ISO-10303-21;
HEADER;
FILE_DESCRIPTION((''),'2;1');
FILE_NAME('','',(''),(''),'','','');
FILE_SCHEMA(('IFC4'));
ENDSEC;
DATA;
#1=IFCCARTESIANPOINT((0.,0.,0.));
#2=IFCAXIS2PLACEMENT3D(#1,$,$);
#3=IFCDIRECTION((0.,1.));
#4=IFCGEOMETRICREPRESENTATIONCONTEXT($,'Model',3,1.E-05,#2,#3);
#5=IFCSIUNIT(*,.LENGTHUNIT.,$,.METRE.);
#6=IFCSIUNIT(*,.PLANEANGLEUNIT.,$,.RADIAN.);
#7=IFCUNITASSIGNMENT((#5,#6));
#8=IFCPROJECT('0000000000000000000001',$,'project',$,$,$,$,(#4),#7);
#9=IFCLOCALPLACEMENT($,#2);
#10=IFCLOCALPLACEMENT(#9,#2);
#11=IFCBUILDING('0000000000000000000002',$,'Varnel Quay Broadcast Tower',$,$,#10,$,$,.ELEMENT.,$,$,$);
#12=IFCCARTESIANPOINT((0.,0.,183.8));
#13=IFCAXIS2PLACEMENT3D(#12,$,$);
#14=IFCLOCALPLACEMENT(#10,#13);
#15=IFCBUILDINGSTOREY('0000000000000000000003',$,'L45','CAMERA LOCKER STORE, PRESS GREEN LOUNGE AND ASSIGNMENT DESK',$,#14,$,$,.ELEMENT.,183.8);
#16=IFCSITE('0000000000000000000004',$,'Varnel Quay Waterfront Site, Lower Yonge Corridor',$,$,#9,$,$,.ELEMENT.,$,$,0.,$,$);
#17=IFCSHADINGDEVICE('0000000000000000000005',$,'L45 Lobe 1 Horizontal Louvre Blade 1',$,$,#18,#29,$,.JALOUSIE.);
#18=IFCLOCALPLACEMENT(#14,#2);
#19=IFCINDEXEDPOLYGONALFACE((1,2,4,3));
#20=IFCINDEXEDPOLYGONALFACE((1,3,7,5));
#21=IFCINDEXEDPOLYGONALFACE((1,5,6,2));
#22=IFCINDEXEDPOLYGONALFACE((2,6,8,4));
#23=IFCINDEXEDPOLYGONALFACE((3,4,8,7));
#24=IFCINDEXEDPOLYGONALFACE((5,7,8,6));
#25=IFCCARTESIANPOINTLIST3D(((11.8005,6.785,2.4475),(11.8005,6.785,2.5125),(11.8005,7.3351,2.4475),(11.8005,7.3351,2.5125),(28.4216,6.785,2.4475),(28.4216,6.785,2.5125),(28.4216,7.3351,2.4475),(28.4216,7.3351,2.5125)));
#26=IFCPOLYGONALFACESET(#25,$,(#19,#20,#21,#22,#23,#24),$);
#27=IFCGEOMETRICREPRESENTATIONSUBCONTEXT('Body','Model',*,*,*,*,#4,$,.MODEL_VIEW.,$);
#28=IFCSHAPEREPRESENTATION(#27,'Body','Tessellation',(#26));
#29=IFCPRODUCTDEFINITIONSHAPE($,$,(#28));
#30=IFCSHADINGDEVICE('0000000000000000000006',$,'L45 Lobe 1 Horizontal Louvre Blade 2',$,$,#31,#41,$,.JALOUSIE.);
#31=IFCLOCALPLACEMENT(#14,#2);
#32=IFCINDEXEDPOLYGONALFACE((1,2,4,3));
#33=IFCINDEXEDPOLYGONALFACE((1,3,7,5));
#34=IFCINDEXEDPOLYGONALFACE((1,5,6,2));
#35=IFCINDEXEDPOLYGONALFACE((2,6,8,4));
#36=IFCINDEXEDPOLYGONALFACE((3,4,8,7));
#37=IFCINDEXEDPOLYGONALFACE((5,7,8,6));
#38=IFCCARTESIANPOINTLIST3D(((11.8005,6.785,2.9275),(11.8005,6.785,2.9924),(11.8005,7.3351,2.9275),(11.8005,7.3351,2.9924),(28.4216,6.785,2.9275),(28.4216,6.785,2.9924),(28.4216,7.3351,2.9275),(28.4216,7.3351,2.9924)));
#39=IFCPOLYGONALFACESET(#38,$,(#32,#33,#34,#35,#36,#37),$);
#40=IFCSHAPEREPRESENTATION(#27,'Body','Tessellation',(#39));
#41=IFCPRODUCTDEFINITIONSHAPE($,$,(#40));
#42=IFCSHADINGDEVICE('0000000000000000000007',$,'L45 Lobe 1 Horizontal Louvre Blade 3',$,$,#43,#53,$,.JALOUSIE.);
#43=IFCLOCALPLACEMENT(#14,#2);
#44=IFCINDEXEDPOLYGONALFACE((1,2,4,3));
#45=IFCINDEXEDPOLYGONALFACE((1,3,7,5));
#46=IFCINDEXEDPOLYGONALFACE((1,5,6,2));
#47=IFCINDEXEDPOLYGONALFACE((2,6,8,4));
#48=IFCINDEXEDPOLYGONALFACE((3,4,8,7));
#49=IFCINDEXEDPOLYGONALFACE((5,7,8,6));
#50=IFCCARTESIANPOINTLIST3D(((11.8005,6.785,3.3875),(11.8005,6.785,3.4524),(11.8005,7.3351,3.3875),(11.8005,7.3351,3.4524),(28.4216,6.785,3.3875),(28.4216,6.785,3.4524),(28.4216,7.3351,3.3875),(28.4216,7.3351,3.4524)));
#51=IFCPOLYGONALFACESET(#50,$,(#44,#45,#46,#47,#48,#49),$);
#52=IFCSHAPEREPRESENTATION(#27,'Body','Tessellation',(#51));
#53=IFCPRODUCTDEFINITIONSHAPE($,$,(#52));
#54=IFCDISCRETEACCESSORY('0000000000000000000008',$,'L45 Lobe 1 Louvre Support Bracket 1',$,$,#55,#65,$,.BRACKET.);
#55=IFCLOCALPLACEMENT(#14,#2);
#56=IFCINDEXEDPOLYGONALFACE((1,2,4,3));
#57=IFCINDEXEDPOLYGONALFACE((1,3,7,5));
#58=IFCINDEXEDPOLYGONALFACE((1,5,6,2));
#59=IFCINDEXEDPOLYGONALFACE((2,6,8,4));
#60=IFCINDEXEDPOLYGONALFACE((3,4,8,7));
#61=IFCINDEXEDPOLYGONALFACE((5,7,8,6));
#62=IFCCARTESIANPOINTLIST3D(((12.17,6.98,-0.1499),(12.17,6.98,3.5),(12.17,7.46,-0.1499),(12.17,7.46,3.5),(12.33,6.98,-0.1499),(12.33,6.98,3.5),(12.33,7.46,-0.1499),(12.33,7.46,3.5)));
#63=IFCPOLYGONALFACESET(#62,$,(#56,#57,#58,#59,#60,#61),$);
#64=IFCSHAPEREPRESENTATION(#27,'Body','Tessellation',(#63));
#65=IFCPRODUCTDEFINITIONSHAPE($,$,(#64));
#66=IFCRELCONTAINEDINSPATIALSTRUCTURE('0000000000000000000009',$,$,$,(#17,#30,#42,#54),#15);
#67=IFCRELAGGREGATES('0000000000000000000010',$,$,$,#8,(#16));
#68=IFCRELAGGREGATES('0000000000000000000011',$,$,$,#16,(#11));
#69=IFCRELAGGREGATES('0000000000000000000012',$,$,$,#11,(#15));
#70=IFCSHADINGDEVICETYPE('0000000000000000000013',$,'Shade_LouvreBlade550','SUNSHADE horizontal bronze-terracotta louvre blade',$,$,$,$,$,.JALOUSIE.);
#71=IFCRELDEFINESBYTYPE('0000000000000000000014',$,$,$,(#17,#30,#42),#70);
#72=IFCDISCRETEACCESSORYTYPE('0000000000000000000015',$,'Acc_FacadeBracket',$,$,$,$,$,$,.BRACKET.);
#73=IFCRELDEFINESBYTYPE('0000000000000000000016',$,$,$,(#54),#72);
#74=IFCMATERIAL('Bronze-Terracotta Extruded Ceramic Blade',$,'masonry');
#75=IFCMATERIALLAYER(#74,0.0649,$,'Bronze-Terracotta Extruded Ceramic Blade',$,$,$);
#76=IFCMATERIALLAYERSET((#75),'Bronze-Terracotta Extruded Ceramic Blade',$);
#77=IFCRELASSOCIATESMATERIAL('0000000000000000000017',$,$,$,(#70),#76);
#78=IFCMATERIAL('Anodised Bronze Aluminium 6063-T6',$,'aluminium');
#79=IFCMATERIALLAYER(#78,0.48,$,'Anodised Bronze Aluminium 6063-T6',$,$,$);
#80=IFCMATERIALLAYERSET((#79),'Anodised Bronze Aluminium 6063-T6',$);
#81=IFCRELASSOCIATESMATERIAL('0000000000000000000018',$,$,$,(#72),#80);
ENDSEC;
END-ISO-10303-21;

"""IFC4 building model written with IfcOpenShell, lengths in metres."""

from ifc_helpers import new_model, si_unit, direction, frame, origin, origin_2d, place, context, subcontext, project, spatial, rectangle, extrude, source, transform, mapped, material, layer, layer_set, type_object, type_shapes, element, save


model = new_model("IFC4")

# Units and contexts
model_context = context("Model", 3, precision=1e-05, world=origin(), true_north=direction((0.0, 1.0)))
body_context = subcontext(model_context, "Body", "Model", "MODEL_VIEW")
ifc_project = project(units=[si_unit("LENGTHUNIT", "METRE"), si_unit("PLANEANGLEUNIT", "RADIAN")], contexts=[model_context])

# Site, building, storey
site_placement = place(None, origin())
site = spatial("IfcSite", under=ifc_project, at=site_placement, Name="Varnel Quay Waterfront Site, Lower Yonge Corridor", CompositionType="ELEMENT", RefElevation=0.0)
building_placement = place(site_placement, origin())
building = spatial("IfcBuilding", under=site, at=building_placement, Name="Varnel Quay Broadcast Tower", CompositionType="ELEMENT")
storey_placement = place(building_placement, frame((0.0, 0.0, 183.8)))
storey = spatial("IfcBuildingStorey", under=building, at=storey_placement, Name="L45", Description="CAMERA LOCKER STORE, PRESS GREEN LOUNGE AND ASSIGNMENT DESK", CompositionType="ELEMENT", Elevation=183.8)

# Shared definitions
ifc_material_1 = material(Name="Anodised Bronze Aluminium 6063-T6", Category="aluminium")

# Shared definitions
ifc_material_2 = material(Name="Bronze-Terracotta Extruded Ceramic Blade", Category="masonry")

# Shading devices
ifc_layer_1 = layer(ifc_material_2, 0.0649, Name="Bronze-Terracotta Extruded Ceramic Blade")
ifc_layer_set_1 = layer_set([ifc_layer_1], Name="Bronze-Terracotta Extruded Ceramic Blade")
shading_device_type = type_object("IfcShadingDeviceType", Name="Shade_LouvreBlade550", Description="SUNSHADE horizontal bronze-terracotta louvre blade", PredefinedType="JALOUSIE", material=ifc_layer_set_1)
shared_shape_1 = source(origin(), body_context, "Body", "SweptSolid", [
    extrude(rectangle(XDim=16.6211, YDim=0.55, at=origin_2d()), origin(), (0.0, 0.0, 1.0), 0.0649),
])
type_shapes(shading_device_type, [shared_shape_1])
for number, where, z_axis, x_axis, name in (
    (1, (20.1111, 7.0601, 2.4475), (0.0, 0.0, 1.0), (1.0, 0.0, 0.0), "L45 Lobe 1 Horizontal Louvre Blade 1"),
    (2, (20.1111, 7.0601, 2.9275), (0.0, 0.0, 1.0), (1.0, 0.0, 0.0), "L45 Lobe 1 Horizontal Louvre Blade 2"),
    (3, (20.1111, 7.0601, 3.3875), (0.0, 0.0, 1.0), (1.0, 0.0, 0.0), "L45 Lobe 1 Horizontal Louvre Blade 3"),
):
    element("IfcShadingDevice", number, at=place(storey_placement, frame(where, z_axis=z_axis, x_axis=x_axis)), inside=storey, type_object=shading_device_type, Name=name, PredefinedType="JALOUSIE", context=body_context, shape_type="MappedRepresentation", body=[
        mapped(shared_shape_1, transform((0.0, 0.0, 0.0), x_axis=(1.0, 0.0, 0.0), y_axis=(0.0, 1.0, 0.0), z_axis=(0.0, 0.0, 1.0), scale=1.0)),
    ])

# Discrete accessory
ifc_layer_2 = layer(ifc_material_1, 0.48, Name="Anodised Bronze Aluminium 6063-T6")
ifc_layer_set_2 = layer_set([ifc_layer_2], Name="Anodised Bronze Aluminium 6063-T6")
discrete_accessory_type = type_object("IfcDiscreteAccessoryType", Name="Acc_FacadeBracket", PredefinedType="BRACKET", material=ifc_layer_set_2)
shared_shape_2 = source(origin(), body_context, "Body", "SweptSolid", [
    extrude(rectangle(XDim=0.1599, YDim=0.48, at=origin_2d()), origin(), (0.0, 0.0, 1.0), 3.6499),
])
type_shapes(discrete_accessory_type, [shared_shape_2])
discrete_accessory_placement = place(storey_placement, frame((12.25, 7.22, -0.1499), z_axis=(0.0, 0.0, 1.0), x_axis=(1.0, 0.0, 0.0)))
element("IfcDiscreteAccessory", 4, at=discrete_accessory_placement, inside=storey, type_object=discrete_accessory_type, Name="L45 Lobe 1 Louvre Support Bracket 1", PredefinedType="BRACKET", context=body_context, shape_type="MappedRepresentation", body=[
    mapped(shared_shape_2, transform((0.0, 0.0, 0.0), x_axis=(1.0, 0.0, 0.0), y_axis=(0.0, 1.0, 0.0), z_axis=(0.0, 0.0, 1.0), scale=1.0)),
])

save(model, "model.ifc")
